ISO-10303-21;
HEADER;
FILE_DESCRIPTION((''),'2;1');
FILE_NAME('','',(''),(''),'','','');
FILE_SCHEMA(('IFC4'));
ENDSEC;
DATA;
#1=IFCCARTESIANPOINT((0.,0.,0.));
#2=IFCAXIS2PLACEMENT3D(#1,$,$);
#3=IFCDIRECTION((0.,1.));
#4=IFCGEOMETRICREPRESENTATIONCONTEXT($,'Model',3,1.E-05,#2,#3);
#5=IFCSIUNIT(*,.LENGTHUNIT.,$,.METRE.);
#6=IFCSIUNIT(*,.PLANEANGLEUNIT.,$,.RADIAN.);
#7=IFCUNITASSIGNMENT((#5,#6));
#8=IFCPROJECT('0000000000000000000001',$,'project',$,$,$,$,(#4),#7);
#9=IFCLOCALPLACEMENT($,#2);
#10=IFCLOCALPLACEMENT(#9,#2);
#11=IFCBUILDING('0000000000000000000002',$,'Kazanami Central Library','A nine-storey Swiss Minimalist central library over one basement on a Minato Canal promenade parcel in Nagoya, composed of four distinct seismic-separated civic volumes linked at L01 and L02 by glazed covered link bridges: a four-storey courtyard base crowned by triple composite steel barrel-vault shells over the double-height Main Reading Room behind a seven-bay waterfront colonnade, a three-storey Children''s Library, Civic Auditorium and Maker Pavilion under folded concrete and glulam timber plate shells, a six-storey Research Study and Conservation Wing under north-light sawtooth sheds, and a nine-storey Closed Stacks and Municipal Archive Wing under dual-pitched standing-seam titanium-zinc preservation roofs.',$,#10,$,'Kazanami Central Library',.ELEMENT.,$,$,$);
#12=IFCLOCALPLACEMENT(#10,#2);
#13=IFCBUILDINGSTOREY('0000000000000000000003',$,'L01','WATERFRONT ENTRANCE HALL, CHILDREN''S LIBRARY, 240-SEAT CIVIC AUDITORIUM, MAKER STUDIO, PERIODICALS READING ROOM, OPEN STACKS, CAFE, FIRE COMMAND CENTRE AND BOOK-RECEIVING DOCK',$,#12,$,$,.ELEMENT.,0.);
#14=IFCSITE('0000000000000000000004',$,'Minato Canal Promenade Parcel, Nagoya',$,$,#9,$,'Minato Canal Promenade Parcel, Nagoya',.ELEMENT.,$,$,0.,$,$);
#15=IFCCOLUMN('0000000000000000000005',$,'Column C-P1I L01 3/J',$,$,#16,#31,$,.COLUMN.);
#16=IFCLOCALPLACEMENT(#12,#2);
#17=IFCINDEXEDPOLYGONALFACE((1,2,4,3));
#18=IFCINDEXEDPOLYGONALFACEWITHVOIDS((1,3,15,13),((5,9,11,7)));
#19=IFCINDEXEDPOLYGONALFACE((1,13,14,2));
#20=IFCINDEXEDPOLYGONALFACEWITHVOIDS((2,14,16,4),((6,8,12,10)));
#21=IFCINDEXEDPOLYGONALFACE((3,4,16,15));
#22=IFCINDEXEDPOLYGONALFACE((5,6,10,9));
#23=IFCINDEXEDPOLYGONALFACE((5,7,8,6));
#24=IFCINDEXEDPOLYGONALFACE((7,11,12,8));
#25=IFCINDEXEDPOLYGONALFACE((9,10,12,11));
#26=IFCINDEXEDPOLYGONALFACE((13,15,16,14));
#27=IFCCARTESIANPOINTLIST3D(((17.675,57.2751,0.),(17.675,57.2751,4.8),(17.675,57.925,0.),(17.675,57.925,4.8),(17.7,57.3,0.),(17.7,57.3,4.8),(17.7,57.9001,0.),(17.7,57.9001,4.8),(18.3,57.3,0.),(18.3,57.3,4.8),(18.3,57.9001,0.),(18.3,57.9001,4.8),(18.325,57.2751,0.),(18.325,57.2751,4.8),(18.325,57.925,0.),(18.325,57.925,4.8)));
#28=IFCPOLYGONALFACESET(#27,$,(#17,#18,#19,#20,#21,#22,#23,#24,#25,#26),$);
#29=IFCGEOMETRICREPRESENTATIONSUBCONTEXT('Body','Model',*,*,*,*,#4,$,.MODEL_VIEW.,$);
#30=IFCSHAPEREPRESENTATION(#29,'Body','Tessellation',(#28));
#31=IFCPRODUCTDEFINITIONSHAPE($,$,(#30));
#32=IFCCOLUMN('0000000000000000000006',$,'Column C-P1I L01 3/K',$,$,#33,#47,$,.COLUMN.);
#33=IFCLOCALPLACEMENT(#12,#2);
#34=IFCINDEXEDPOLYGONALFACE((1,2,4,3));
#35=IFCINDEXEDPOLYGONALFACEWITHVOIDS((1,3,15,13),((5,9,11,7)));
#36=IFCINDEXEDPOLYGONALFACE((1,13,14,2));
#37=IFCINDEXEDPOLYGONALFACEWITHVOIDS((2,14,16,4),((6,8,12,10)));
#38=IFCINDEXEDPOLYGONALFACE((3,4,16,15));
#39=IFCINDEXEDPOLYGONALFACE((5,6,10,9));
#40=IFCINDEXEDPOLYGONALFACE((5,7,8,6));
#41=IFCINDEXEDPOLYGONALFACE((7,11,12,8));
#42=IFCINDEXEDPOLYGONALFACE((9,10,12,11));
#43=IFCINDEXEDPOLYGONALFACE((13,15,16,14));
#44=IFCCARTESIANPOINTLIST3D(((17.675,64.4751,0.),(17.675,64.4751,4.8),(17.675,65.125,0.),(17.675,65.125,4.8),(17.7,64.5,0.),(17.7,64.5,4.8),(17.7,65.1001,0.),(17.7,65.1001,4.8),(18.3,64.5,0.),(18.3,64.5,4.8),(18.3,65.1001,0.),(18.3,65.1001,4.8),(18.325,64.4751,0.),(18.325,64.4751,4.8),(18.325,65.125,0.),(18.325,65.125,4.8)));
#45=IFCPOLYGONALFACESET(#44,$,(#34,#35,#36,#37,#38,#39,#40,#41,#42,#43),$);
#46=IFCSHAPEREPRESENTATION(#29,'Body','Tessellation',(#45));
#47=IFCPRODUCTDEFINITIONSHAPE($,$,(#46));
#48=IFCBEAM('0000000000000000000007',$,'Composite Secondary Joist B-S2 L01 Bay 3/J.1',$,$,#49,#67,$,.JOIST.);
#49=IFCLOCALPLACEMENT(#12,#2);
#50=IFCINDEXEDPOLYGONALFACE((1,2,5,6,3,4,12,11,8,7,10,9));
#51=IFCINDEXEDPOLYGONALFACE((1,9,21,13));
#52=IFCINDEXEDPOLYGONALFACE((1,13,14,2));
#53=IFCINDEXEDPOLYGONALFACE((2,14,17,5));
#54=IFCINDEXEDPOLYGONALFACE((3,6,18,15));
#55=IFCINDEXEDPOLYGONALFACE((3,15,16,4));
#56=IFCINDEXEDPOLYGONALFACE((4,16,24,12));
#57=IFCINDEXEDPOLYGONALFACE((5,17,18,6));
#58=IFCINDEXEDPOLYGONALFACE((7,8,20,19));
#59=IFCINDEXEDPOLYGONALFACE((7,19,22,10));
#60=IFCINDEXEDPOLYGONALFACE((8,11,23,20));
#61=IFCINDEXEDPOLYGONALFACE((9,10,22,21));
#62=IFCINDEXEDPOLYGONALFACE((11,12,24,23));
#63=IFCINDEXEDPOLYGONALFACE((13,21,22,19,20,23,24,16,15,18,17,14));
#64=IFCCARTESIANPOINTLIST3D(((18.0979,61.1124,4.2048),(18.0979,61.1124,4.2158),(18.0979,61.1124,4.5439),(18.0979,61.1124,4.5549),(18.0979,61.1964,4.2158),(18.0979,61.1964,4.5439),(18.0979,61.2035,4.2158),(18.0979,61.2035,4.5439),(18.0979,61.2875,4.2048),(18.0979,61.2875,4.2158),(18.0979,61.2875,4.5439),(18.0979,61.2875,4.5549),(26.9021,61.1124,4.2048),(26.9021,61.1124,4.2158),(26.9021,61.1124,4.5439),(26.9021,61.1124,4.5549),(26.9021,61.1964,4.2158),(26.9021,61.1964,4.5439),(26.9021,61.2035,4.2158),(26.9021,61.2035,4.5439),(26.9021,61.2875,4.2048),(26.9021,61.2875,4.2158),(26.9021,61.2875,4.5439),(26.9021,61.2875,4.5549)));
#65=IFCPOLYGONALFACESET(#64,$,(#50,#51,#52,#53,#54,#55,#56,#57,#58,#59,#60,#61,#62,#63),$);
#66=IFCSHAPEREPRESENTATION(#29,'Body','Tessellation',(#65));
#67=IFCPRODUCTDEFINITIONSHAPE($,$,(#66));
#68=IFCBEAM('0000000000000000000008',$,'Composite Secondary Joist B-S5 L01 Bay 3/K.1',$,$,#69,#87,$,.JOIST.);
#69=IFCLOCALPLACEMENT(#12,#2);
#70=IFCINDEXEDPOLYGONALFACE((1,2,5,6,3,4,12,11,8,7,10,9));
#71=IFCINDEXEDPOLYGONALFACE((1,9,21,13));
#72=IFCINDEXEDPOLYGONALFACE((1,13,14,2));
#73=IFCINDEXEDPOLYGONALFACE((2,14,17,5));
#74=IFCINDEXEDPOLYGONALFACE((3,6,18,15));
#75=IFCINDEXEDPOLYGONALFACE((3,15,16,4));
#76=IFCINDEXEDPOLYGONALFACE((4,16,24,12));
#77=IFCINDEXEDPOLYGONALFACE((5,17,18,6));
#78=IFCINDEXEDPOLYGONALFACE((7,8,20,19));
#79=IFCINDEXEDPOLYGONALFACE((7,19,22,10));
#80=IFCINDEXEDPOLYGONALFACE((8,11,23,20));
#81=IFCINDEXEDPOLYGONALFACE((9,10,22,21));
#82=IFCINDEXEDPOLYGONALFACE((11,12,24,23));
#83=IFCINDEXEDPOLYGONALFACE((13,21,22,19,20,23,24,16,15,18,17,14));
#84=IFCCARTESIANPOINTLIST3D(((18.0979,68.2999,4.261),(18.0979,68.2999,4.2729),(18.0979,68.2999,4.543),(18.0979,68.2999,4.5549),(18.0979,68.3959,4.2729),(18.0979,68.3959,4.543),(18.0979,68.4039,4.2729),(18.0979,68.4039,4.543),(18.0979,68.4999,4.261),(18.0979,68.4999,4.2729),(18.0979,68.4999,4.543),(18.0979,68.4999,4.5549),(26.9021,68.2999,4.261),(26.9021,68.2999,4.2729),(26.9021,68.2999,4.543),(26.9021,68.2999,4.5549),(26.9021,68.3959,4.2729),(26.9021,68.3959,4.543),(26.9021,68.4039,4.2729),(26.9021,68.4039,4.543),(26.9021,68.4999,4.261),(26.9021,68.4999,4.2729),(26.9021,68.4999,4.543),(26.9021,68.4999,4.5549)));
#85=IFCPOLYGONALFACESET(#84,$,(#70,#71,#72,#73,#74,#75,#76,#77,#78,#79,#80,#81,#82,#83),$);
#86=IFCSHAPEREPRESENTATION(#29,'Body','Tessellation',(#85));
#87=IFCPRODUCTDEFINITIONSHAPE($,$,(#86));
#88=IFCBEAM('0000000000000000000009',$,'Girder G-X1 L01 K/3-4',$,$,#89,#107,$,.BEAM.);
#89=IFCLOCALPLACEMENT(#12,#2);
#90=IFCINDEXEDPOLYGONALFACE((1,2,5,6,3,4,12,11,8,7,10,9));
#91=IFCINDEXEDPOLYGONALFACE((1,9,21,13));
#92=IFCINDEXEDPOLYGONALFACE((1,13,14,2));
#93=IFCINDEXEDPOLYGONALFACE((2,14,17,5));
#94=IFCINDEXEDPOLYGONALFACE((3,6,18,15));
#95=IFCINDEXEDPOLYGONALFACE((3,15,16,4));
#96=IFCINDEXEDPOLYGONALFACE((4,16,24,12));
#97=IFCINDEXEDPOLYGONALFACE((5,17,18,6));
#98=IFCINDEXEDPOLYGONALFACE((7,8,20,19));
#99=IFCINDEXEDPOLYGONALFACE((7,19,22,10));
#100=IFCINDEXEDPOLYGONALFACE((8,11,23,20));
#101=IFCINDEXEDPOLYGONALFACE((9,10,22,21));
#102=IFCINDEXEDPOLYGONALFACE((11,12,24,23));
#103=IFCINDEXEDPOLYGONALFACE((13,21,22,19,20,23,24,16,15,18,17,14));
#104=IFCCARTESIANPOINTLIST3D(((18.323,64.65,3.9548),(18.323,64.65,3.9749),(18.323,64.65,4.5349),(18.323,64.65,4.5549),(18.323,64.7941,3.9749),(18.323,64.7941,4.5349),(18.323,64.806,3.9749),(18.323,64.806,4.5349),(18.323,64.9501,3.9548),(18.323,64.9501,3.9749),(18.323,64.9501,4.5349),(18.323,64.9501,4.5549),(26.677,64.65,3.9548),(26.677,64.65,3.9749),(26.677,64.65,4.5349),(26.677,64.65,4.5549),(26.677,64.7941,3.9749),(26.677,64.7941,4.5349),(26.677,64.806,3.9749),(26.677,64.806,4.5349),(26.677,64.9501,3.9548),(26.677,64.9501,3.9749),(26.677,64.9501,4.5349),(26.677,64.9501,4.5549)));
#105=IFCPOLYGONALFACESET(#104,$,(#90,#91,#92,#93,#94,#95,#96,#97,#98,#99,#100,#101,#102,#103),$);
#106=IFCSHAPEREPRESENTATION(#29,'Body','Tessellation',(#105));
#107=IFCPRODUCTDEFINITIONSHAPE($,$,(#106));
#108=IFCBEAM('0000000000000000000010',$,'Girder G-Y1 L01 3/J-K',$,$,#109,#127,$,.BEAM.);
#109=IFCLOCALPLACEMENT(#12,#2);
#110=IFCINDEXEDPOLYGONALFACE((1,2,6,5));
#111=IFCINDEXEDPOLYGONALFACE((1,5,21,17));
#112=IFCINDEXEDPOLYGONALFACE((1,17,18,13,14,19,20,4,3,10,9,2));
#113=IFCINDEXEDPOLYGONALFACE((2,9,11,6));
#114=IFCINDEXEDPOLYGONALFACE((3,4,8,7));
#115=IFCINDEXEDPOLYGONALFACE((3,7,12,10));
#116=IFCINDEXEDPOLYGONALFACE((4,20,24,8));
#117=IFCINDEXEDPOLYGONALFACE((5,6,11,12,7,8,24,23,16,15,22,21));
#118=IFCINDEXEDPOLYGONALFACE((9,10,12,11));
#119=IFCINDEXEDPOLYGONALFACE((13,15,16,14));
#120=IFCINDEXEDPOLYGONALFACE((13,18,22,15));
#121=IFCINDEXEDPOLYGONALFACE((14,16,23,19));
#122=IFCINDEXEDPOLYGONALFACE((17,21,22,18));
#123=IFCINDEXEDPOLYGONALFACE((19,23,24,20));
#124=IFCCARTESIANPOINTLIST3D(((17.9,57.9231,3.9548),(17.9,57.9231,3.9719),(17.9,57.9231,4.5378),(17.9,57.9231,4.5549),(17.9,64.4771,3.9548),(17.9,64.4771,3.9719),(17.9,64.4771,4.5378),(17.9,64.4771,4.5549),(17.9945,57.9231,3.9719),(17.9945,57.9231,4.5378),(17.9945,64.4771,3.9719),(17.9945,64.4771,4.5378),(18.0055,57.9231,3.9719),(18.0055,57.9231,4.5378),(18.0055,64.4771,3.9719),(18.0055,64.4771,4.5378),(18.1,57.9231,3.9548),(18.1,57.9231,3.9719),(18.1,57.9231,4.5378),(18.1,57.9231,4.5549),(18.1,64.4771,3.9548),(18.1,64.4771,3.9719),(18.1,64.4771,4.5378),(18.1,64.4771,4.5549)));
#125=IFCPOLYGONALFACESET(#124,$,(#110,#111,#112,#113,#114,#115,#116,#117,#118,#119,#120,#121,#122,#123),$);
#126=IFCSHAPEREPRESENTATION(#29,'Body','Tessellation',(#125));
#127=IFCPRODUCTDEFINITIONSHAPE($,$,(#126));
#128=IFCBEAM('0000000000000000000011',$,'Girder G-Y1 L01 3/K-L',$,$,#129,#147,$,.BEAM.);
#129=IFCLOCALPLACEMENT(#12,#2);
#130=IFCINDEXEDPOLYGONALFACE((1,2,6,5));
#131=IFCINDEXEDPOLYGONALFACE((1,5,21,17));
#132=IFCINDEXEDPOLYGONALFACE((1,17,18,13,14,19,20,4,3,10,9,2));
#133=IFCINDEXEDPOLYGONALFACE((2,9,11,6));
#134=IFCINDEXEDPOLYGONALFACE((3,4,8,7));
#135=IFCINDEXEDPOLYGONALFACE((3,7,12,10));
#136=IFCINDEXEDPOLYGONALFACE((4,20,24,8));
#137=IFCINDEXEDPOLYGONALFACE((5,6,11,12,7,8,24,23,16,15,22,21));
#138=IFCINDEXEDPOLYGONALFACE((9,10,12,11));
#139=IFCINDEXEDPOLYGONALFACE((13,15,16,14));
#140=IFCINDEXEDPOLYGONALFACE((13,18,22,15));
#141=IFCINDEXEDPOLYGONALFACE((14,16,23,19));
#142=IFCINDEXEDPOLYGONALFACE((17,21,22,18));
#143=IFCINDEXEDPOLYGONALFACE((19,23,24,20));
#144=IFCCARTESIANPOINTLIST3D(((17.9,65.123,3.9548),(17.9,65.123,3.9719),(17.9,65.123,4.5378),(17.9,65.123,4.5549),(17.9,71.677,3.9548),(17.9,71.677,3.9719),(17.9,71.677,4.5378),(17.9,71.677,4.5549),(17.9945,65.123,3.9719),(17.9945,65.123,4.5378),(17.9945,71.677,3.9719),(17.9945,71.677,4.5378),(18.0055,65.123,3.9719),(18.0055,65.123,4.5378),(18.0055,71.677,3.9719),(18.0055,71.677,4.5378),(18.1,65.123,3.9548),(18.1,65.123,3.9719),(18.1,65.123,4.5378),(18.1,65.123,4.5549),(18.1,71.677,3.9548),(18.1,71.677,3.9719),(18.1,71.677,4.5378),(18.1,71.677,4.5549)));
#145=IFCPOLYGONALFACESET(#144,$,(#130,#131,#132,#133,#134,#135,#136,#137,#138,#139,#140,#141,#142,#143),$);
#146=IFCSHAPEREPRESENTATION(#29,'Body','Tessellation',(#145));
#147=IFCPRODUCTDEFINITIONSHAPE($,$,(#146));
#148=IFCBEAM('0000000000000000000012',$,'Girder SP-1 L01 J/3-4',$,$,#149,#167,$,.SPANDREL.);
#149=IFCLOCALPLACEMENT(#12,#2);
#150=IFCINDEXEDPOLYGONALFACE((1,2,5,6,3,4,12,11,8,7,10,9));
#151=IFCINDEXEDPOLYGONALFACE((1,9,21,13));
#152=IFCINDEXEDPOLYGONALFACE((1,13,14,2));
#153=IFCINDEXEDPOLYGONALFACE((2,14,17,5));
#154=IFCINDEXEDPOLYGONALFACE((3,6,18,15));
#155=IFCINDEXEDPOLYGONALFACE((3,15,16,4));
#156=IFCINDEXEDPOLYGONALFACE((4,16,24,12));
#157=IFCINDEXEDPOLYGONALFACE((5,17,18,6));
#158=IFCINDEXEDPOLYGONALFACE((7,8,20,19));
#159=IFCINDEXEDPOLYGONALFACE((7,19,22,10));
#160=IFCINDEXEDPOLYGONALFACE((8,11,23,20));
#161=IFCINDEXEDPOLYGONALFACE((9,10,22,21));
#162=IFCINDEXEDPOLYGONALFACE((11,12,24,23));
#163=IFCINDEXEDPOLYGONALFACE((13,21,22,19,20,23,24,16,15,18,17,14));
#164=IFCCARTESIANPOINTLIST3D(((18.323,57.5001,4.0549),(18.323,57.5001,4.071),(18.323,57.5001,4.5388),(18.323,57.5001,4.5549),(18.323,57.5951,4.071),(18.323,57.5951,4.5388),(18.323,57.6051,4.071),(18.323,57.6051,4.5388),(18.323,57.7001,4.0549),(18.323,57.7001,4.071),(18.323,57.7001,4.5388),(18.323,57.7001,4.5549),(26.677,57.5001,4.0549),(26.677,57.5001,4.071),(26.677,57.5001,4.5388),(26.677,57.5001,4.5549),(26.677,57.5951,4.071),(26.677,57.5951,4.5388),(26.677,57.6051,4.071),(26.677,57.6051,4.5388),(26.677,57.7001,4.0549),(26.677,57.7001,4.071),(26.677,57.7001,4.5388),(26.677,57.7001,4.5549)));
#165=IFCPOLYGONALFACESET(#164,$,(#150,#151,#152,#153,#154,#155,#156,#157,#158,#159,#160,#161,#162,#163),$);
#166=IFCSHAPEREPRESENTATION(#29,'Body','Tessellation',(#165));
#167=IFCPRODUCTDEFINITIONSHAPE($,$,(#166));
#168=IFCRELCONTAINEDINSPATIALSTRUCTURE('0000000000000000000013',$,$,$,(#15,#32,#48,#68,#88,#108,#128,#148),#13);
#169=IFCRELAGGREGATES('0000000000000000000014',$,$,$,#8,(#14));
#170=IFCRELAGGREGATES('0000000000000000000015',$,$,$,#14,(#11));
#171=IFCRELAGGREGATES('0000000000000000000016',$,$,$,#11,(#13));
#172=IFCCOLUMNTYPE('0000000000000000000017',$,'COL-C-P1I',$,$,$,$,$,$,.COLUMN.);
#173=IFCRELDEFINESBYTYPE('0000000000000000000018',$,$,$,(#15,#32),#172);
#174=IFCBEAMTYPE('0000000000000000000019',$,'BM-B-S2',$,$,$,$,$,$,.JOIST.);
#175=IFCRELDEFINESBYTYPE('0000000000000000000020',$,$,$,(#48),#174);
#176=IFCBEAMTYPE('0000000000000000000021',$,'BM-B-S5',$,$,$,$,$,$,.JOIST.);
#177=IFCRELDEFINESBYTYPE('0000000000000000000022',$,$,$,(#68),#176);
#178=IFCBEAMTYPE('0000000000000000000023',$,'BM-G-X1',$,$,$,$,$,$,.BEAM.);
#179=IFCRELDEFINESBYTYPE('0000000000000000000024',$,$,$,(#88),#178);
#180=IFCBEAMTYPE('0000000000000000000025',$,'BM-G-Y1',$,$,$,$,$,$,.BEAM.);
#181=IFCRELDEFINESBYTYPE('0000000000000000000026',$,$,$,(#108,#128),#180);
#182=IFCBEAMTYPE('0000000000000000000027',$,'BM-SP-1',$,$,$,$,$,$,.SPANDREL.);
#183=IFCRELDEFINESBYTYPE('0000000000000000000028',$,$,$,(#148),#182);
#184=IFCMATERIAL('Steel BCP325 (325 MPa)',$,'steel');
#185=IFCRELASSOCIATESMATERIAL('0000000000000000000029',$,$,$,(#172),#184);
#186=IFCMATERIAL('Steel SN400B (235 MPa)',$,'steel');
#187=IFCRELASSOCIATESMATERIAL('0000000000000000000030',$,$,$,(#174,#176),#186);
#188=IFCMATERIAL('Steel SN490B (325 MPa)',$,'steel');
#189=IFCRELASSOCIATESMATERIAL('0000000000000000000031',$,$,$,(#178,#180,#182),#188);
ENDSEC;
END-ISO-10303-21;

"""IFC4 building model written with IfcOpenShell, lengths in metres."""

from ifc_helpers import new_model, si_unit, direction, frame, origin, origin_2d, place, context, subcontext, project, spatial, hollow_rectangle, i_section, extrude, material, material_profile, profile_set, type_object, element, save


model = new_model("IFC4")

# Units and contexts
model_context = context("Model", 3, precision=1e-05, world=origin(), true_north=direction((0.0, 1.0)))
body_context = subcontext(model_context, "Body", "Model", "MODEL_VIEW")
ifc_project = project(units=[si_unit("LENGTHUNIT", "METRE"), si_unit("PLANEANGLEUNIT", "RADIAN")], contexts=[model_context])

# Site, building, storey
site_placement = place(None, origin())
site = spatial("IfcSite", under=ifc_project, at=site_placement, Name="Minato Canal Promenade Parcel, Nagoya", LongName="Minato Canal Promenade Parcel, Nagoya", CompositionType="ELEMENT", RefElevation=0.0)
building_placement = place(site_placement, origin())
building = spatial("IfcBuilding", under=site, at=building_placement, Name="Kazanami Central Library", Description="A nine-storey Swiss Minimalist central library over one basement on a Minato Canal promenade parcel in Nagoya, composed of four distinct seismic-separated civic volumes linked at L01 and L02 by glazed covered link bridges: a four-storey courtyard base crowned by triple composite steel barrel-vault shells over the double-height Main Reading Room behind a seven-bay waterfront colonnade, a three-storey Children's Library, Civic Auditorium and Maker Pavilion under folded concrete and glulam timber plate shells, a six-storey Research Study and Conservation Wing under north-light sawtooth sheds, and a nine-storey Closed Stacks and Municipal Archive Wing under dual-pitched standing-seam titanium-zinc preservation roofs.", LongName="Kazanami Central Library", CompositionType="ELEMENT")
storey_placement = place(building_placement, origin())
storey = spatial("IfcBuildingStorey", under=building, at=storey_placement, Name="L01", Description="WATERFRONT ENTRANCE HALL, CHILDREN'S LIBRARY, 240-SEAT CIVIC AUDITORIUM, MAKER STUDIO, PERIODICALS READING ROOM, OPEN STACKS, CAFE, FIRE COMMAND CENTRE AND BOOK-RECEIVING DOCK", CompositionType="ELEMENT", Elevation=0.0)

# Columns
ifc_material_1 = material(Name="Steel BCP325 (325 MPa)", Category="steel")
ifc_material_profile_1 = material_profile(ifc_material_1, hollow_rectangle(XDim=0.6499, YDim=0.6499, WallThickness=0.0249, at=origin_2d()), Name="BCP-650x650x25")
ifc_profile_set_1 = profile_set([ifc_material_profile_1], Name="Steel BCP325 (325 MPa)")
column_type = type_object("IfcColumnType", Name="COL-C-P1I", PredefinedType="COLUMN", material=ifc_profile_set_1)
for number, where, z_axis, x_axis, name in (
    (1, (18.0, 57.6001, 0.0), (0.0, 0.0, 1.0), (1.0, 0.0, 0.0), "Column C-P1I L01 3/J"),
    (2, (18.0, 64.8, 0.0), (0.0, 0.0, 1.0), (1.0, 0.0, 0.0), "Column C-P1I L01 3/K"),
):
    element("IfcColumn", number, at=place(storey_placement, frame(where, z_axis=z_axis, x_axis=x_axis)), inside=storey, type_object=column_type, Name=name, PredefinedType="COLUMN", context=body_context, shape_type="SweptSolid", body=[
        extrude(hollow_rectangle(XDim=0.6499, YDim=0.6499, WallThickness=0.0249, at=origin_2d()), origin(), (0.0, 0.0, 1.0), 4.8),
    ])

# Beams
ifc_material_2 = material(Name="Steel SN400B (235 MPa)", Category="steel")
ifc_material_profile_2 = material_profile(ifc_material_2, i_section(OverallWidth=0.175, OverallDepth=0.3501, WebThickness=0.0071, FlangeThickness=0.011, at=origin_2d()), Name="H-350x175x7x11")
ifc_profile_set_2 = profile_set([ifc_material_profile_2], Name="Steel SN400B (235 MPa)")
beam_type_1 = type_object("IfcBeamType", Name="BM-B-S2", PredefinedType="JOIST", material=ifc_profile_set_2)
beam_1_placement = place(storey_placement, frame((18.0979, 61.2, 4.3799), z_axis=(1.0, 0.0, 0.0), x_axis=(0.0, 1.0, 0.0)))
element("IfcBeam", 3, at=beam_1_placement, inside=storey, type_object=beam_type_1, Name="Composite Secondary Joist B-S2 L01 Bay 3/J.1", PredefinedType="JOIST", context=body_context, shape_type="SweptSolid", body=[
    extrude(i_section(OverallWidth=0.175, OverallDepth=0.3501, WebThickness=0.0071, FlangeThickness=0.011, at=origin_2d()), origin(), (0.0, 0.0, 1.0), 8.8042),
])
ifc_material_profile_3 = material_profile(ifc_material_2, i_section(OverallWidth=0.2, OverallDepth=0.2939, WebThickness=0.0081, FlangeThickness=0.012, at=origin_2d()), Name="H-294x200x8x12")
ifc_profile_set_3 = profile_set([ifc_material_profile_3], Name="Steel SN400B (235 MPa)")
beam_type_2 = type_object("IfcBeamType", Name="BM-B-S5", PredefinedType="JOIST", material=ifc_profile_set_3)
beam_2_placement = place(storey_placement, frame((18.0979, 68.3999, 4.408), z_axis=(1.0, 0.0, 0.0), x_axis=(0.0, 1.0, 0.0)))
element("IfcBeam", 4, at=beam_2_placement, inside=storey, type_object=beam_type_2, Name="Composite Secondary Joist B-S5 L01 Bay 3/K.1", PredefinedType="JOIST", context=body_context, shape_type="SweptSolid", body=[
    extrude(i_section(OverallWidth=0.2, OverallDepth=0.2939, WebThickness=0.0081, FlangeThickness=0.012, at=origin_2d()), origin(), (0.0, 0.0, 1.0), 8.8042),
])
ifc_material_3 = material(Name="Steel SN490B (325 MPa)", Category="steel")
ifc_material_profile_4 = material_profile(ifc_material_3, i_section(OverallWidth=0.3, OverallDepth=0.6001, WebThickness=0.012, FlangeThickness=0.02, at=origin_2d()), Name="H-600x300x12x20")
ifc_profile_set_4 = profile_set([ifc_material_profile_4], Name="Steel SN490B (325 MPa)")
beam_type_3 = type_object("IfcBeamType", Name="BM-G-X1", PredefinedType="BEAM", material=ifc_profile_set_4)
beam_3_placement = place(storey_placement, frame((18.323, 64.8, 4.2549), z_axis=(1.0, 0.0, 0.0), x_axis=(0.0, 1.0, 0.0)))
element("IfcBeam", 5, at=beam_3_placement, inside=storey, type_object=beam_type_3, Name="Girder G-X1 L01 K/3-4", PredefinedType="BEAM", context=body_context, shape_type="SweptSolid", body=[
    extrude(i_section(OverallWidth=0.3, OverallDepth=0.6001, WebThickness=0.012, FlangeThickness=0.02, at=origin_2d()), origin(), (0.0, 0.0, 1.0), 8.354),
])
ifc_material_profile_5 = material_profile(ifc_material_3, i_section(OverallWidth=0.2, OverallDepth=0.6001, WebThickness=0.011, FlangeThickness=0.0171, at=origin_2d()), Name="H-600x200x11x17")
ifc_profile_set_5 = profile_set([ifc_material_profile_5], Name="Steel SN490B (325 MPa)")
beam_type_4 = type_object("IfcBeamType", Name="BM-G-Y1", PredefinedType="BEAM", material=ifc_profile_set_5)
for number, where, z_axis, x_axis, name in (
    (6, (18.0, 57.9231, 4.2549), (0.0, 1.0, 0.0), (-1.0, 0.0, 0.0), "Girder G-Y1 L01 3/J-K"),
    (7, (18.0, 65.123, 4.2549), (0.0, 1.0, 0.0), (-1.0, 0.0, 0.0), "Girder G-Y1 L01 3/K-L"),
):
    element("IfcBeam", number, at=place(storey_placement, frame(where, z_axis=z_axis, x_axis=x_axis)), inside=storey, type_object=beam_type_4, Name=name, PredefinedType="BEAM", context=body_context, shape_type="SweptSolid", body=[
        extrude(i_section(OverallWidth=0.2, OverallDepth=0.6001, WebThickness=0.011, FlangeThickness=0.0171, at=origin_2d()), origin(), (0.0, 0.0, 1.0), 6.554),
    ])
ifc_material_profile_6 = material_profile(ifc_material_3, i_section(OverallWidth=0.2, OverallDepth=0.5, WebThickness=0.01, FlangeThickness=0.0161, at=origin_2d()), Name="H-500x200x10x16")
ifc_profile_set_6 = profile_set([ifc_material_profile_6], Name="Steel SN490B (325 MPa)")
beam_type_5 = type_object("IfcBeamType", Name="BM-SP-1", PredefinedType="SPANDREL", material=ifc_profile_set_6)
beam_4_placement = place(storey_placement, frame((18.323, 57.6001, 4.3049), z_axis=(1.0, 0.0, 0.0), x_axis=(0.0, 1.0, 0.0)))
element("IfcBeam", 8, at=beam_4_placement, inside=storey, type_object=beam_type_5, Name="Girder SP-1 L01 J/3-4", PredefinedType="SPANDREL", context=body_context, shape_type="SweptSolid", body=[
    extrude(i_section(OverallWidth=0.2, OverallDepth=0.5, WebThickness=0.01, FlangeThickness=0.0161, at=origin_2d()), origin(), (0.0, 0.0, 1.0), 8.354),
])

save(model, "model.ifc")
